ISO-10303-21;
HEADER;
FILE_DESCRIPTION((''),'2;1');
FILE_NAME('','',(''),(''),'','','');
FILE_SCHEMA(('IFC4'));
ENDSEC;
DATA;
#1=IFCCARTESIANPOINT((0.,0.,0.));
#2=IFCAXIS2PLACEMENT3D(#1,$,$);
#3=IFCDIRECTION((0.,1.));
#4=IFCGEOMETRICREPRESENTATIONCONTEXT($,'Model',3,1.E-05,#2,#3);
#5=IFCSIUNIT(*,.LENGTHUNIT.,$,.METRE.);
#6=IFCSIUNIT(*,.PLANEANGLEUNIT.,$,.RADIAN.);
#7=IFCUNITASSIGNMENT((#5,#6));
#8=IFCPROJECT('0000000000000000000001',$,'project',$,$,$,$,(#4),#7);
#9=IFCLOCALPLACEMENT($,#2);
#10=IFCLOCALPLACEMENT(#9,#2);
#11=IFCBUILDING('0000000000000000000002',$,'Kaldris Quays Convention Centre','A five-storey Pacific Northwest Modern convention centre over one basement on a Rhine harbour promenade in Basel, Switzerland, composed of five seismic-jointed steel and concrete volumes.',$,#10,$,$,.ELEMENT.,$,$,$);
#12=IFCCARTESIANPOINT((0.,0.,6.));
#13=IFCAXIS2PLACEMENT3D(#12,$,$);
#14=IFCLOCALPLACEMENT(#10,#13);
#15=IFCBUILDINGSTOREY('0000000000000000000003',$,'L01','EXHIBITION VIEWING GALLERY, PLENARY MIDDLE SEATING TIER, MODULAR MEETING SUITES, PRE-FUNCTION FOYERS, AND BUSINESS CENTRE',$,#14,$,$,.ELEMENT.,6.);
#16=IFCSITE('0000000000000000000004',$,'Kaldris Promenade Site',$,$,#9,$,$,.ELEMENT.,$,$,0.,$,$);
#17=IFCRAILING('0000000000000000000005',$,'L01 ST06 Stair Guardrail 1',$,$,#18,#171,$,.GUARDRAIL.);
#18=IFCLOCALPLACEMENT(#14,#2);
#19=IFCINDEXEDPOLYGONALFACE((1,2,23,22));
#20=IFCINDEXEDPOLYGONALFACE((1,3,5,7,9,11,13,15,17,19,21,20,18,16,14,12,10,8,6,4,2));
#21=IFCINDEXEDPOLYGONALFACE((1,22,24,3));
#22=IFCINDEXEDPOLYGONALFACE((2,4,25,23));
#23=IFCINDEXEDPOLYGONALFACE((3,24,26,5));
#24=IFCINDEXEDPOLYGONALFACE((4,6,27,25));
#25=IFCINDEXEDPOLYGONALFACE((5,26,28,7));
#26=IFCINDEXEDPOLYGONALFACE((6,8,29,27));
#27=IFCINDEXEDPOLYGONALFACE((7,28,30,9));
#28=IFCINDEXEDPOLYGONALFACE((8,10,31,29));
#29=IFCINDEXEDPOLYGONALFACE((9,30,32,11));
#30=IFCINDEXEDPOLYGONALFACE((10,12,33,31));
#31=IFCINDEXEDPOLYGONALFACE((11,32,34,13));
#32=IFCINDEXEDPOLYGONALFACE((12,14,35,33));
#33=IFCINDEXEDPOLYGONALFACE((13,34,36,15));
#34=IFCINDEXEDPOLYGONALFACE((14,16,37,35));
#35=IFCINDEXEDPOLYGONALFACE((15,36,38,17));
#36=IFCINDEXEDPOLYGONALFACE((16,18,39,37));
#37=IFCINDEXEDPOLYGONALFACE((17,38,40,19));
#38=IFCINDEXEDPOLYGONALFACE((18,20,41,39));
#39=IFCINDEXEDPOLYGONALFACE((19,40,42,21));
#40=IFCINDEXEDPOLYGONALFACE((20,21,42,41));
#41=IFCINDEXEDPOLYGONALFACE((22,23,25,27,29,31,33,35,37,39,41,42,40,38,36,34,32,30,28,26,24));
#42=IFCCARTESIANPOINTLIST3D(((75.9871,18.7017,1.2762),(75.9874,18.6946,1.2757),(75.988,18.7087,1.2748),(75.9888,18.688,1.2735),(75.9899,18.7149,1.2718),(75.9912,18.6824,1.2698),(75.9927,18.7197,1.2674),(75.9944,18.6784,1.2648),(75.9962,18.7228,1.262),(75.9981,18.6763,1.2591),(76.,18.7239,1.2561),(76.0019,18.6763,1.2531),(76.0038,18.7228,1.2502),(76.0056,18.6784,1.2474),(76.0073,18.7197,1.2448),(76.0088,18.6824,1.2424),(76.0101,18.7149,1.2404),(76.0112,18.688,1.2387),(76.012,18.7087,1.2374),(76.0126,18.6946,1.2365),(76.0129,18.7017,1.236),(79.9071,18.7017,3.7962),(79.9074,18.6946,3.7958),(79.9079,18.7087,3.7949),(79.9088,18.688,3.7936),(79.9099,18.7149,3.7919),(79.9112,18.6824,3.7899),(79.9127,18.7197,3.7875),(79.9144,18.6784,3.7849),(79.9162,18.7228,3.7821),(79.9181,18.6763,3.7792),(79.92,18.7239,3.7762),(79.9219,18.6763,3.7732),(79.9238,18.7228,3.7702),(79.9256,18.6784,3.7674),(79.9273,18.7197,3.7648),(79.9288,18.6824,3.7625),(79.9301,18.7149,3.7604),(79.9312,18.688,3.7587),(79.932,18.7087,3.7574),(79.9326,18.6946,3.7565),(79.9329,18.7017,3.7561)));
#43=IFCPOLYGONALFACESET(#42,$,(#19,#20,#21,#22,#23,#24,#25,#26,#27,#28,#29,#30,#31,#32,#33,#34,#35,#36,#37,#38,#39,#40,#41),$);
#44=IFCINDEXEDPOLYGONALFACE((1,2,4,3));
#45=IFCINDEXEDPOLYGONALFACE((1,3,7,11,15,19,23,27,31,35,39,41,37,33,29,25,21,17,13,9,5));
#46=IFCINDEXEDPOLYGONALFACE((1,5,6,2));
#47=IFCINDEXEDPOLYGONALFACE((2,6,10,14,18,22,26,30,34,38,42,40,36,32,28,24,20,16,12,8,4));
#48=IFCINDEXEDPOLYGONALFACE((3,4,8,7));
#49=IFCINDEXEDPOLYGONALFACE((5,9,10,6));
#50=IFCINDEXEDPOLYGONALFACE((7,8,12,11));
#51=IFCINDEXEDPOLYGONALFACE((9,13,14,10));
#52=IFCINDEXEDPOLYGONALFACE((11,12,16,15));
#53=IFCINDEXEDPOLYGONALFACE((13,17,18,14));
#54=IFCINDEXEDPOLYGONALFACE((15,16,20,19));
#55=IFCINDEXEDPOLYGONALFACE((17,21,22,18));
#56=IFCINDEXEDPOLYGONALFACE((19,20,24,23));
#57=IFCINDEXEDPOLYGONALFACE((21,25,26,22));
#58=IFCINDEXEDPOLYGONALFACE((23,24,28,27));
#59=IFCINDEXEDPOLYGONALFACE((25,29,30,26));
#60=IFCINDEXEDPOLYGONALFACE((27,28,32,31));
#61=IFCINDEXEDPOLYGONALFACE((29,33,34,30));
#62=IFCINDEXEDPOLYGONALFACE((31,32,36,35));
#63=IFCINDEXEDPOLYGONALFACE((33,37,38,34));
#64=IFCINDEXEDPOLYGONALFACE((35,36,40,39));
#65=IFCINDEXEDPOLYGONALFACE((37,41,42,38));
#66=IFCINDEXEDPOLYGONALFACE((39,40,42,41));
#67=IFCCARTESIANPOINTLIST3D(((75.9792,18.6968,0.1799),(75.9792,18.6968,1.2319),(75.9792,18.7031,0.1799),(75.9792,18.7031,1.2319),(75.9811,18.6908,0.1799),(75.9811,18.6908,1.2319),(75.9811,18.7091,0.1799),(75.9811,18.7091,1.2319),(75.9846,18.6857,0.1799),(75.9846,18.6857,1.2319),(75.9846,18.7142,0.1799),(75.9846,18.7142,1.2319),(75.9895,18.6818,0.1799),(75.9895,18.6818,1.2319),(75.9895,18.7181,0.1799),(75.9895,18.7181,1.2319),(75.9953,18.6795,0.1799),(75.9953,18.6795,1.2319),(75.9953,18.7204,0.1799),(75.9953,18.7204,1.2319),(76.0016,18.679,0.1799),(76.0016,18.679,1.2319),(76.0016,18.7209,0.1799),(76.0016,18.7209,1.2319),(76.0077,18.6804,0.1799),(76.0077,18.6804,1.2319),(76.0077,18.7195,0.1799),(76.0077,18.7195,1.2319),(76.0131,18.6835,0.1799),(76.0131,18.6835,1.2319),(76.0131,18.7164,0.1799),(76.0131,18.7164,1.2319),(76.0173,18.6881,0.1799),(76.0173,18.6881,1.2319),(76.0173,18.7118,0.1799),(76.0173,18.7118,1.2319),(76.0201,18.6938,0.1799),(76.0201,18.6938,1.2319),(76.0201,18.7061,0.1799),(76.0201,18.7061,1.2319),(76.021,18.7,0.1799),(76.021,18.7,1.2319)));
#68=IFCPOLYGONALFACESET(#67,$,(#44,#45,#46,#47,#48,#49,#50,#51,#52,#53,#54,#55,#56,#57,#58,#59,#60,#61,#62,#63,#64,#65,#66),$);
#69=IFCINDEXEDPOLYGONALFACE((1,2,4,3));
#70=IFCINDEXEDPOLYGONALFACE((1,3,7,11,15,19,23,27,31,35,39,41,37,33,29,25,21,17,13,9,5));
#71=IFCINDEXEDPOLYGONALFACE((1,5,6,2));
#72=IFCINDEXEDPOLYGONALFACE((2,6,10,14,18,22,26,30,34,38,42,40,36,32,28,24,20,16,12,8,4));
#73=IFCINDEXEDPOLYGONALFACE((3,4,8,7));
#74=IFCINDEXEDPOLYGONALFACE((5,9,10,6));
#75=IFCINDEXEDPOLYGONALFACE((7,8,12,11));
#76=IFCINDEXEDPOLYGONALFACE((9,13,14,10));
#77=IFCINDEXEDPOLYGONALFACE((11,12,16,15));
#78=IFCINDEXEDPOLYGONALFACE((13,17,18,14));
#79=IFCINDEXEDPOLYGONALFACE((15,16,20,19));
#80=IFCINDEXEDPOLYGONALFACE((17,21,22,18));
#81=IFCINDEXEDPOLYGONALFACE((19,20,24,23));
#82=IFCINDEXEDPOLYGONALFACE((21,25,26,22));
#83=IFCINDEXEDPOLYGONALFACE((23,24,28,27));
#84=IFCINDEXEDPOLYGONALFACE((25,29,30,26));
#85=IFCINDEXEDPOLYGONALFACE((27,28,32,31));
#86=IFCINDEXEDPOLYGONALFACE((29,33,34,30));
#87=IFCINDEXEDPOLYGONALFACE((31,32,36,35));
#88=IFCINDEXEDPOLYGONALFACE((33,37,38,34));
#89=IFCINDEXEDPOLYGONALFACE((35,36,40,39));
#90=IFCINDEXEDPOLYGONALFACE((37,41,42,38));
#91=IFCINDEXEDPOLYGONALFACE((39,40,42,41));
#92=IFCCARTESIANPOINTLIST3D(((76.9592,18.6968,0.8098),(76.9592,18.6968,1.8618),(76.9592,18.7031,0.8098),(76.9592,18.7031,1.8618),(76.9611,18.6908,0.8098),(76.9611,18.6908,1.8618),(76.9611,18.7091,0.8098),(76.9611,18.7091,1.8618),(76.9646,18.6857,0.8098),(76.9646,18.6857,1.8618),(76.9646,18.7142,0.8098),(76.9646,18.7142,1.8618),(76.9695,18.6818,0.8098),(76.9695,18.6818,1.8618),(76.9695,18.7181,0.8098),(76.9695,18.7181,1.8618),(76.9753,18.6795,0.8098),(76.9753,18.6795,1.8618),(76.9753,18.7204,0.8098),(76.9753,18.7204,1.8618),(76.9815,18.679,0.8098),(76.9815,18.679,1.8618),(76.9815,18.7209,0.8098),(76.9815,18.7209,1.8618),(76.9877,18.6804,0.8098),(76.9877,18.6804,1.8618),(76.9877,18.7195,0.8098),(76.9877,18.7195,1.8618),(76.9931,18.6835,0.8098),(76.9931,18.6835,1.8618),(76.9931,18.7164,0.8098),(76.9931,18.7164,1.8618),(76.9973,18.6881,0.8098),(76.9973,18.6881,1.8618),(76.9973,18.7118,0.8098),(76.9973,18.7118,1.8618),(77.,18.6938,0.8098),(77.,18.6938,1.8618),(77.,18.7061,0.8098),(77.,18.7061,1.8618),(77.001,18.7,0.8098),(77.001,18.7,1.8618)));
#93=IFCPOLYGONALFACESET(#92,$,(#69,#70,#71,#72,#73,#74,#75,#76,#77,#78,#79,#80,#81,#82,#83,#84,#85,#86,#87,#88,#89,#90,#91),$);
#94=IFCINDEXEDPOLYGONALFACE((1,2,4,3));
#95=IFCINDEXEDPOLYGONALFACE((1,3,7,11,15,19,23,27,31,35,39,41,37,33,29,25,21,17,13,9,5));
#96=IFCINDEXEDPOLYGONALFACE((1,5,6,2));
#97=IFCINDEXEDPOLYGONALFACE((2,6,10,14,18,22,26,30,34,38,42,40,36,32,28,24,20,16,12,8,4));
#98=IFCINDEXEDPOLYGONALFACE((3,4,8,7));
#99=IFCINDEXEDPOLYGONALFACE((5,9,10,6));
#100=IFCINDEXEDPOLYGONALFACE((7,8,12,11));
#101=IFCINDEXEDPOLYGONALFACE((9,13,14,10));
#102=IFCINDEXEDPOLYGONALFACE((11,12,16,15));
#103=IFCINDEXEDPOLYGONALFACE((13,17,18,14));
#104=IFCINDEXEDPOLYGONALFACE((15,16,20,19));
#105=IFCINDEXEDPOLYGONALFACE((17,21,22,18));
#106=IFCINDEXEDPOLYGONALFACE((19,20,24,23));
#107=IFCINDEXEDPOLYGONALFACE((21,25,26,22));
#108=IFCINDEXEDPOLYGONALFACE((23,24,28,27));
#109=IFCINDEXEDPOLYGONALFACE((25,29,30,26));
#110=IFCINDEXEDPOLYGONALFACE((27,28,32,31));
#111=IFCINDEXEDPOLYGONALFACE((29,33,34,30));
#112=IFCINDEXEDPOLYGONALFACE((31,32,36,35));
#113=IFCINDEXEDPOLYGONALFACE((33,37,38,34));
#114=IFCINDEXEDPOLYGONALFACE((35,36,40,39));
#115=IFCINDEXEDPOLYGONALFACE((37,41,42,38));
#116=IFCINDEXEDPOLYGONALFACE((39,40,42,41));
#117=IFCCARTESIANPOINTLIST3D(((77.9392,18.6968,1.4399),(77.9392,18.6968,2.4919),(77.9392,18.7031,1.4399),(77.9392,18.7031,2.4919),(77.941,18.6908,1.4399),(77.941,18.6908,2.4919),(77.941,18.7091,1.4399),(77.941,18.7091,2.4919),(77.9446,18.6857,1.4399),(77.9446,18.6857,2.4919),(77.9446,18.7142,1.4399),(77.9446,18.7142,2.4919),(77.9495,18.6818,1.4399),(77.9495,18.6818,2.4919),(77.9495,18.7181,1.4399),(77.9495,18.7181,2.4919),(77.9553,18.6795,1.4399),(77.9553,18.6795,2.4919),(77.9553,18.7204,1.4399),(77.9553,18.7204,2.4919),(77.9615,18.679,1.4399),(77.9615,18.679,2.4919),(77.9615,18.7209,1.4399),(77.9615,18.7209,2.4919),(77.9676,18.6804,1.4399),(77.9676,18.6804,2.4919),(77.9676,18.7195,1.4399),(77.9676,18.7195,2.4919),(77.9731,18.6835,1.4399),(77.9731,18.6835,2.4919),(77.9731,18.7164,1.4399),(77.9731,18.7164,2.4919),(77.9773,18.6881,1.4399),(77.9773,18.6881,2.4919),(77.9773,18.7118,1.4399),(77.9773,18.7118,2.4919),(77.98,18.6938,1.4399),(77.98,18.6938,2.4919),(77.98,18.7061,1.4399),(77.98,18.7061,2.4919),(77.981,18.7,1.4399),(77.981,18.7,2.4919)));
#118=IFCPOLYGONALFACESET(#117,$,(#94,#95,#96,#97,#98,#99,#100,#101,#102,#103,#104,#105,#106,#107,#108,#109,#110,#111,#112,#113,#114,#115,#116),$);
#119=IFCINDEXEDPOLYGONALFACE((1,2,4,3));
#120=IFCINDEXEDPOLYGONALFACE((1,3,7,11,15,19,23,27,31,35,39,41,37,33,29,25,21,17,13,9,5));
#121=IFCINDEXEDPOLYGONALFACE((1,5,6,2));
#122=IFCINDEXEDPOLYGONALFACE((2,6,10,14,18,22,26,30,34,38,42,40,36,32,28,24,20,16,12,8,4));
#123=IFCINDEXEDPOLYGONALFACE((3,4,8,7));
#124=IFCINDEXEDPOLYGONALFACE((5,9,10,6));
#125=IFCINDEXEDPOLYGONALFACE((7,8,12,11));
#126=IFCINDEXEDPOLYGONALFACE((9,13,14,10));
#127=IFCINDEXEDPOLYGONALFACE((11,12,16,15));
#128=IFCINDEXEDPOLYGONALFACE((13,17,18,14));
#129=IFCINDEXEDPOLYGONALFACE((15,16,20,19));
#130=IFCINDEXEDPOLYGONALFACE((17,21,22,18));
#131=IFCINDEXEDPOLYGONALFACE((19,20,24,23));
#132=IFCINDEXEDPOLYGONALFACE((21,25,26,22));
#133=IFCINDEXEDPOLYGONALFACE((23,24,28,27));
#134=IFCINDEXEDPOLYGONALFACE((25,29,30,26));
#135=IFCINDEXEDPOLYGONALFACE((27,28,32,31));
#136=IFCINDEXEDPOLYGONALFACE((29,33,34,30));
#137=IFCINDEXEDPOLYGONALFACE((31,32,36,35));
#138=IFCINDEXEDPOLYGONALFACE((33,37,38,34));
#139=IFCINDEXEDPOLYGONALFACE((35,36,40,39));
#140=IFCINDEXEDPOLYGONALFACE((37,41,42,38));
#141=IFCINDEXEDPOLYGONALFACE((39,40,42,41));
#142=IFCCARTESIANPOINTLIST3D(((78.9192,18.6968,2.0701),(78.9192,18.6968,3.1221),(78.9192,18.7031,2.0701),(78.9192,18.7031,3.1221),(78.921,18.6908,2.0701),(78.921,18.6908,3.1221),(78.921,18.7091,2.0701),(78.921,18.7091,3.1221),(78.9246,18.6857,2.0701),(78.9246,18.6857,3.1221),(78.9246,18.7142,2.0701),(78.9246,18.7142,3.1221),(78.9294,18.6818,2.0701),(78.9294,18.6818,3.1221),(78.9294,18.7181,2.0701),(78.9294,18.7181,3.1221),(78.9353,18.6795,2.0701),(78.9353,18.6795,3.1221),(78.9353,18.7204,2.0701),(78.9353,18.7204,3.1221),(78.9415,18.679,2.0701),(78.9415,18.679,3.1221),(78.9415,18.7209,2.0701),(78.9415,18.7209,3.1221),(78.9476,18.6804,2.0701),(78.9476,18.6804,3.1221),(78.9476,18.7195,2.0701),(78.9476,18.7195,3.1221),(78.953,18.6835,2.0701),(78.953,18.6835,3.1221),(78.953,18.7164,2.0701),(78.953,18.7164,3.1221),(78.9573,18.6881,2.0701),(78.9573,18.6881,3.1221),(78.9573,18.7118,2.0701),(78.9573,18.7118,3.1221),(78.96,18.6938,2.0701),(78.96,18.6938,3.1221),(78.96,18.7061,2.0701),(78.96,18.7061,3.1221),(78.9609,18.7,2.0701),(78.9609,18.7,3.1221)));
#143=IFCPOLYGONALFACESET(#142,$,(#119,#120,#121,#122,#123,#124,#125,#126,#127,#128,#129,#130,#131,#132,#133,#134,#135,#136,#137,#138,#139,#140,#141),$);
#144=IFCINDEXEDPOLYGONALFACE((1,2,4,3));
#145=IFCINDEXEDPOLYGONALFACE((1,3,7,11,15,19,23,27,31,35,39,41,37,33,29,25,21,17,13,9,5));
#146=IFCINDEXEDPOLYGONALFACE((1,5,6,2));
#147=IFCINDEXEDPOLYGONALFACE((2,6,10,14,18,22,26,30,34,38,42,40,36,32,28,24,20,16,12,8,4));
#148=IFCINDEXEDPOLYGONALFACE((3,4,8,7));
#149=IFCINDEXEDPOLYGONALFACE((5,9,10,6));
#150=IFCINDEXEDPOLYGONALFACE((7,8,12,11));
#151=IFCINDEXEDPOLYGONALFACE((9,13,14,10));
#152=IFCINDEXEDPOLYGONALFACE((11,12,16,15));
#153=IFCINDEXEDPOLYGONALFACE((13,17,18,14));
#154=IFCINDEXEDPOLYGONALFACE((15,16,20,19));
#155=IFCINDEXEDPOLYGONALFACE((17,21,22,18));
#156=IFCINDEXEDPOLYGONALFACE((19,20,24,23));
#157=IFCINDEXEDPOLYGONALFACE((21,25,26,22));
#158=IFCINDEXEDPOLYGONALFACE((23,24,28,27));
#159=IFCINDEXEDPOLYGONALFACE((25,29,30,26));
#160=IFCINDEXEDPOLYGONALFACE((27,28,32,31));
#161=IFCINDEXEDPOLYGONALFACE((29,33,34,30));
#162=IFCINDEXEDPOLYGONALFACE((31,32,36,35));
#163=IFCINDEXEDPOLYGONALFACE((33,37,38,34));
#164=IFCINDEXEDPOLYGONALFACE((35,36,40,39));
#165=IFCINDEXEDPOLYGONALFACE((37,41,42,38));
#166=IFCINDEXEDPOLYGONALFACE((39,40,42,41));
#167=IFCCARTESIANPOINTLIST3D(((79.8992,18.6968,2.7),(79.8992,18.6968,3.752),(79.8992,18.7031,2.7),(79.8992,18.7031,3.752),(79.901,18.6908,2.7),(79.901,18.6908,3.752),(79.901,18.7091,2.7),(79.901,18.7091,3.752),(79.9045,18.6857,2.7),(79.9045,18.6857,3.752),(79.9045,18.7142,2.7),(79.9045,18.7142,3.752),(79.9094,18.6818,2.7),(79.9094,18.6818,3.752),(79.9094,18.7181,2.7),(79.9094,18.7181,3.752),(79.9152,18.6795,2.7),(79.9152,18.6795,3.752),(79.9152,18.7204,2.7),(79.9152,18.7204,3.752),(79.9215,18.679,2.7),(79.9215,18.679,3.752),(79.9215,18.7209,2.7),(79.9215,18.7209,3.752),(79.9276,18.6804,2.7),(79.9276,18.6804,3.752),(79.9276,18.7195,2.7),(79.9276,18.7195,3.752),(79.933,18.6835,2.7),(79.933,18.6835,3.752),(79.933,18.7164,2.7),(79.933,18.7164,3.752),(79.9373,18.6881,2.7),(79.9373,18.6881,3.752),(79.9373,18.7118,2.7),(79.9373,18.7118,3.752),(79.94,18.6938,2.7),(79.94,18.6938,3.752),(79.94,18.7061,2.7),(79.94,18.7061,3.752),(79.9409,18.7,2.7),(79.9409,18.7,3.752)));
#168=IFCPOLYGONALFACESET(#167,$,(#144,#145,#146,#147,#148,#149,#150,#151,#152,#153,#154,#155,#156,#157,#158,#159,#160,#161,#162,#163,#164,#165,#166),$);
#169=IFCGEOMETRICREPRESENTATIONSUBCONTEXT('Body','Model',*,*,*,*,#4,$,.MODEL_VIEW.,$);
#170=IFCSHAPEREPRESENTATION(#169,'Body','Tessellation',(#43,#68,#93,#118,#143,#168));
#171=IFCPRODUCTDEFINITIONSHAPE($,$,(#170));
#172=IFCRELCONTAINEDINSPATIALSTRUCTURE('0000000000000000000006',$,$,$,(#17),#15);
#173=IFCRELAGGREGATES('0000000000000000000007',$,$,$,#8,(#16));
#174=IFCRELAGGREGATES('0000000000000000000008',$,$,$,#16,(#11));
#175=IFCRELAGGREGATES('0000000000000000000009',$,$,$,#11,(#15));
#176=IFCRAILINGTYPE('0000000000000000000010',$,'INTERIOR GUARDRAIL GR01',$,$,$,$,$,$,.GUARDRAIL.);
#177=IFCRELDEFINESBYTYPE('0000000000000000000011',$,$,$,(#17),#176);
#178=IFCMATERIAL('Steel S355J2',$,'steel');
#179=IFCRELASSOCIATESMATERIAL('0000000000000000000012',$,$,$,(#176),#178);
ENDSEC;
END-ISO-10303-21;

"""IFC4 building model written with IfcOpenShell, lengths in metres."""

from ifc_helpers import new_model, si_unit, direction, frame, origin, origin_2d, place, context, subcontext, project, spatial, circle, extrude, material, type_object, element, save


model = new_model("IFC4")

# Units and contexts
model_context = context("Model", 3, precision=1e-05, world=origin(), true_north=direction((0.0, 1.0)))
body_context = subcontext(model_context, "Body", "Model", "MODEL_VIEW")
ifc_project = project(units=[si_unit("LENGTHUNIT", "METRE"), si_unit("PLANEANGLEUNIT", "RADIAN")], contexts=[model_context])

# Site, building, storey
site_placement = place(None, origin())
site = spatial("IfcSite", under=ifc_project, at=site_placement, Name="Kaldris Promenade Site", CompositionType="ELEMENT", RefElevation=0.0)
building_placement = place(site_placement, origin())
building = spatial("IfcBuilding", under=site, at=building_placement, Name="Kaldris Quays Convention Centre", Description="A five-storey Pacific Northwest Modern convention centre over one basement on a Rhine harbour promenade in Basel, Switzerland, composed of five seismic-jointed steel and concrete volumes.", CompositionType="ELEMENT")
storey_placement = place(building_placement, frame((0.0, 0.0, 6.0)))
storey = spatial("IfcBuildingStorey", under=building, at=storey_placement, Name="L01", Description="EXHIBITION VIEWING GALLERY, PLENARY MIDDLE SEATING TIER, MODULAR MEETING SUITES, PRE-FUNCTION FOYERS, AND BUSINESS CENTRE", CompositionType="ELEMENT", Elevation=6.0)

# Shared definitions
ifc_material_1 = material(Name="Steel S355J2", Category="steel")

# Railing
railing_type_1 = type_object("IfcRailingType", Name="INTERIOR GUARDRAIL GR01", PredefinedType="GUARDRAIL", material=ifc_material_1)
railing_1_placement = place(storey_placement, frame((76.0, 18.7, 0.1799)))
element("IfcRailing", 1, at=railing_1_placement, inside=storey, type_object=railing_type_1, Name="L01 ST06 Stair Guardrail 1", PredefinedType="GUARDRAIL", context=body_context, shape_type="SweptSolid", body=[
    extrude(circle(Radius=0.0239, at=origin_2d()), frame((0.0, 0.0, 1.0762), z_axis=(0.841172, 0.0, 0.540768), x_axis=(0.0, 1.0, 0.0)), (0.0, 0.0, 1.0), 4.6602),
    extrude(circle(Radius=0.021, at=origin_2d()), origin(), (0.0, 0.0, 1.0), 1.052),
    extrude(circle(Radius=0.021, at=origin_2d()), frame((0.98, 0.0, 0.6299)), (0.0, 0.0, 1.0), 1.052),
    extrude(circle(Radius=0.021, at=origin_2d()), frame((1.96, 0.0, 1.26)), (0.0, 0.0, 1.0), 1.052),
    extrude(circle(Radius=0.021, at=origin_2d()), frame((2.9399, 0.0, 1.8901)), (0.0, 0.0, 1.0), 1.052),
    extrude(circle(Radius=0.021, at=origin_2d()), frame((3.9199, 0.0, 2.52)), (0.0, 0.0, 1.0), 1.052),
])

save(model, "model.ifc")
